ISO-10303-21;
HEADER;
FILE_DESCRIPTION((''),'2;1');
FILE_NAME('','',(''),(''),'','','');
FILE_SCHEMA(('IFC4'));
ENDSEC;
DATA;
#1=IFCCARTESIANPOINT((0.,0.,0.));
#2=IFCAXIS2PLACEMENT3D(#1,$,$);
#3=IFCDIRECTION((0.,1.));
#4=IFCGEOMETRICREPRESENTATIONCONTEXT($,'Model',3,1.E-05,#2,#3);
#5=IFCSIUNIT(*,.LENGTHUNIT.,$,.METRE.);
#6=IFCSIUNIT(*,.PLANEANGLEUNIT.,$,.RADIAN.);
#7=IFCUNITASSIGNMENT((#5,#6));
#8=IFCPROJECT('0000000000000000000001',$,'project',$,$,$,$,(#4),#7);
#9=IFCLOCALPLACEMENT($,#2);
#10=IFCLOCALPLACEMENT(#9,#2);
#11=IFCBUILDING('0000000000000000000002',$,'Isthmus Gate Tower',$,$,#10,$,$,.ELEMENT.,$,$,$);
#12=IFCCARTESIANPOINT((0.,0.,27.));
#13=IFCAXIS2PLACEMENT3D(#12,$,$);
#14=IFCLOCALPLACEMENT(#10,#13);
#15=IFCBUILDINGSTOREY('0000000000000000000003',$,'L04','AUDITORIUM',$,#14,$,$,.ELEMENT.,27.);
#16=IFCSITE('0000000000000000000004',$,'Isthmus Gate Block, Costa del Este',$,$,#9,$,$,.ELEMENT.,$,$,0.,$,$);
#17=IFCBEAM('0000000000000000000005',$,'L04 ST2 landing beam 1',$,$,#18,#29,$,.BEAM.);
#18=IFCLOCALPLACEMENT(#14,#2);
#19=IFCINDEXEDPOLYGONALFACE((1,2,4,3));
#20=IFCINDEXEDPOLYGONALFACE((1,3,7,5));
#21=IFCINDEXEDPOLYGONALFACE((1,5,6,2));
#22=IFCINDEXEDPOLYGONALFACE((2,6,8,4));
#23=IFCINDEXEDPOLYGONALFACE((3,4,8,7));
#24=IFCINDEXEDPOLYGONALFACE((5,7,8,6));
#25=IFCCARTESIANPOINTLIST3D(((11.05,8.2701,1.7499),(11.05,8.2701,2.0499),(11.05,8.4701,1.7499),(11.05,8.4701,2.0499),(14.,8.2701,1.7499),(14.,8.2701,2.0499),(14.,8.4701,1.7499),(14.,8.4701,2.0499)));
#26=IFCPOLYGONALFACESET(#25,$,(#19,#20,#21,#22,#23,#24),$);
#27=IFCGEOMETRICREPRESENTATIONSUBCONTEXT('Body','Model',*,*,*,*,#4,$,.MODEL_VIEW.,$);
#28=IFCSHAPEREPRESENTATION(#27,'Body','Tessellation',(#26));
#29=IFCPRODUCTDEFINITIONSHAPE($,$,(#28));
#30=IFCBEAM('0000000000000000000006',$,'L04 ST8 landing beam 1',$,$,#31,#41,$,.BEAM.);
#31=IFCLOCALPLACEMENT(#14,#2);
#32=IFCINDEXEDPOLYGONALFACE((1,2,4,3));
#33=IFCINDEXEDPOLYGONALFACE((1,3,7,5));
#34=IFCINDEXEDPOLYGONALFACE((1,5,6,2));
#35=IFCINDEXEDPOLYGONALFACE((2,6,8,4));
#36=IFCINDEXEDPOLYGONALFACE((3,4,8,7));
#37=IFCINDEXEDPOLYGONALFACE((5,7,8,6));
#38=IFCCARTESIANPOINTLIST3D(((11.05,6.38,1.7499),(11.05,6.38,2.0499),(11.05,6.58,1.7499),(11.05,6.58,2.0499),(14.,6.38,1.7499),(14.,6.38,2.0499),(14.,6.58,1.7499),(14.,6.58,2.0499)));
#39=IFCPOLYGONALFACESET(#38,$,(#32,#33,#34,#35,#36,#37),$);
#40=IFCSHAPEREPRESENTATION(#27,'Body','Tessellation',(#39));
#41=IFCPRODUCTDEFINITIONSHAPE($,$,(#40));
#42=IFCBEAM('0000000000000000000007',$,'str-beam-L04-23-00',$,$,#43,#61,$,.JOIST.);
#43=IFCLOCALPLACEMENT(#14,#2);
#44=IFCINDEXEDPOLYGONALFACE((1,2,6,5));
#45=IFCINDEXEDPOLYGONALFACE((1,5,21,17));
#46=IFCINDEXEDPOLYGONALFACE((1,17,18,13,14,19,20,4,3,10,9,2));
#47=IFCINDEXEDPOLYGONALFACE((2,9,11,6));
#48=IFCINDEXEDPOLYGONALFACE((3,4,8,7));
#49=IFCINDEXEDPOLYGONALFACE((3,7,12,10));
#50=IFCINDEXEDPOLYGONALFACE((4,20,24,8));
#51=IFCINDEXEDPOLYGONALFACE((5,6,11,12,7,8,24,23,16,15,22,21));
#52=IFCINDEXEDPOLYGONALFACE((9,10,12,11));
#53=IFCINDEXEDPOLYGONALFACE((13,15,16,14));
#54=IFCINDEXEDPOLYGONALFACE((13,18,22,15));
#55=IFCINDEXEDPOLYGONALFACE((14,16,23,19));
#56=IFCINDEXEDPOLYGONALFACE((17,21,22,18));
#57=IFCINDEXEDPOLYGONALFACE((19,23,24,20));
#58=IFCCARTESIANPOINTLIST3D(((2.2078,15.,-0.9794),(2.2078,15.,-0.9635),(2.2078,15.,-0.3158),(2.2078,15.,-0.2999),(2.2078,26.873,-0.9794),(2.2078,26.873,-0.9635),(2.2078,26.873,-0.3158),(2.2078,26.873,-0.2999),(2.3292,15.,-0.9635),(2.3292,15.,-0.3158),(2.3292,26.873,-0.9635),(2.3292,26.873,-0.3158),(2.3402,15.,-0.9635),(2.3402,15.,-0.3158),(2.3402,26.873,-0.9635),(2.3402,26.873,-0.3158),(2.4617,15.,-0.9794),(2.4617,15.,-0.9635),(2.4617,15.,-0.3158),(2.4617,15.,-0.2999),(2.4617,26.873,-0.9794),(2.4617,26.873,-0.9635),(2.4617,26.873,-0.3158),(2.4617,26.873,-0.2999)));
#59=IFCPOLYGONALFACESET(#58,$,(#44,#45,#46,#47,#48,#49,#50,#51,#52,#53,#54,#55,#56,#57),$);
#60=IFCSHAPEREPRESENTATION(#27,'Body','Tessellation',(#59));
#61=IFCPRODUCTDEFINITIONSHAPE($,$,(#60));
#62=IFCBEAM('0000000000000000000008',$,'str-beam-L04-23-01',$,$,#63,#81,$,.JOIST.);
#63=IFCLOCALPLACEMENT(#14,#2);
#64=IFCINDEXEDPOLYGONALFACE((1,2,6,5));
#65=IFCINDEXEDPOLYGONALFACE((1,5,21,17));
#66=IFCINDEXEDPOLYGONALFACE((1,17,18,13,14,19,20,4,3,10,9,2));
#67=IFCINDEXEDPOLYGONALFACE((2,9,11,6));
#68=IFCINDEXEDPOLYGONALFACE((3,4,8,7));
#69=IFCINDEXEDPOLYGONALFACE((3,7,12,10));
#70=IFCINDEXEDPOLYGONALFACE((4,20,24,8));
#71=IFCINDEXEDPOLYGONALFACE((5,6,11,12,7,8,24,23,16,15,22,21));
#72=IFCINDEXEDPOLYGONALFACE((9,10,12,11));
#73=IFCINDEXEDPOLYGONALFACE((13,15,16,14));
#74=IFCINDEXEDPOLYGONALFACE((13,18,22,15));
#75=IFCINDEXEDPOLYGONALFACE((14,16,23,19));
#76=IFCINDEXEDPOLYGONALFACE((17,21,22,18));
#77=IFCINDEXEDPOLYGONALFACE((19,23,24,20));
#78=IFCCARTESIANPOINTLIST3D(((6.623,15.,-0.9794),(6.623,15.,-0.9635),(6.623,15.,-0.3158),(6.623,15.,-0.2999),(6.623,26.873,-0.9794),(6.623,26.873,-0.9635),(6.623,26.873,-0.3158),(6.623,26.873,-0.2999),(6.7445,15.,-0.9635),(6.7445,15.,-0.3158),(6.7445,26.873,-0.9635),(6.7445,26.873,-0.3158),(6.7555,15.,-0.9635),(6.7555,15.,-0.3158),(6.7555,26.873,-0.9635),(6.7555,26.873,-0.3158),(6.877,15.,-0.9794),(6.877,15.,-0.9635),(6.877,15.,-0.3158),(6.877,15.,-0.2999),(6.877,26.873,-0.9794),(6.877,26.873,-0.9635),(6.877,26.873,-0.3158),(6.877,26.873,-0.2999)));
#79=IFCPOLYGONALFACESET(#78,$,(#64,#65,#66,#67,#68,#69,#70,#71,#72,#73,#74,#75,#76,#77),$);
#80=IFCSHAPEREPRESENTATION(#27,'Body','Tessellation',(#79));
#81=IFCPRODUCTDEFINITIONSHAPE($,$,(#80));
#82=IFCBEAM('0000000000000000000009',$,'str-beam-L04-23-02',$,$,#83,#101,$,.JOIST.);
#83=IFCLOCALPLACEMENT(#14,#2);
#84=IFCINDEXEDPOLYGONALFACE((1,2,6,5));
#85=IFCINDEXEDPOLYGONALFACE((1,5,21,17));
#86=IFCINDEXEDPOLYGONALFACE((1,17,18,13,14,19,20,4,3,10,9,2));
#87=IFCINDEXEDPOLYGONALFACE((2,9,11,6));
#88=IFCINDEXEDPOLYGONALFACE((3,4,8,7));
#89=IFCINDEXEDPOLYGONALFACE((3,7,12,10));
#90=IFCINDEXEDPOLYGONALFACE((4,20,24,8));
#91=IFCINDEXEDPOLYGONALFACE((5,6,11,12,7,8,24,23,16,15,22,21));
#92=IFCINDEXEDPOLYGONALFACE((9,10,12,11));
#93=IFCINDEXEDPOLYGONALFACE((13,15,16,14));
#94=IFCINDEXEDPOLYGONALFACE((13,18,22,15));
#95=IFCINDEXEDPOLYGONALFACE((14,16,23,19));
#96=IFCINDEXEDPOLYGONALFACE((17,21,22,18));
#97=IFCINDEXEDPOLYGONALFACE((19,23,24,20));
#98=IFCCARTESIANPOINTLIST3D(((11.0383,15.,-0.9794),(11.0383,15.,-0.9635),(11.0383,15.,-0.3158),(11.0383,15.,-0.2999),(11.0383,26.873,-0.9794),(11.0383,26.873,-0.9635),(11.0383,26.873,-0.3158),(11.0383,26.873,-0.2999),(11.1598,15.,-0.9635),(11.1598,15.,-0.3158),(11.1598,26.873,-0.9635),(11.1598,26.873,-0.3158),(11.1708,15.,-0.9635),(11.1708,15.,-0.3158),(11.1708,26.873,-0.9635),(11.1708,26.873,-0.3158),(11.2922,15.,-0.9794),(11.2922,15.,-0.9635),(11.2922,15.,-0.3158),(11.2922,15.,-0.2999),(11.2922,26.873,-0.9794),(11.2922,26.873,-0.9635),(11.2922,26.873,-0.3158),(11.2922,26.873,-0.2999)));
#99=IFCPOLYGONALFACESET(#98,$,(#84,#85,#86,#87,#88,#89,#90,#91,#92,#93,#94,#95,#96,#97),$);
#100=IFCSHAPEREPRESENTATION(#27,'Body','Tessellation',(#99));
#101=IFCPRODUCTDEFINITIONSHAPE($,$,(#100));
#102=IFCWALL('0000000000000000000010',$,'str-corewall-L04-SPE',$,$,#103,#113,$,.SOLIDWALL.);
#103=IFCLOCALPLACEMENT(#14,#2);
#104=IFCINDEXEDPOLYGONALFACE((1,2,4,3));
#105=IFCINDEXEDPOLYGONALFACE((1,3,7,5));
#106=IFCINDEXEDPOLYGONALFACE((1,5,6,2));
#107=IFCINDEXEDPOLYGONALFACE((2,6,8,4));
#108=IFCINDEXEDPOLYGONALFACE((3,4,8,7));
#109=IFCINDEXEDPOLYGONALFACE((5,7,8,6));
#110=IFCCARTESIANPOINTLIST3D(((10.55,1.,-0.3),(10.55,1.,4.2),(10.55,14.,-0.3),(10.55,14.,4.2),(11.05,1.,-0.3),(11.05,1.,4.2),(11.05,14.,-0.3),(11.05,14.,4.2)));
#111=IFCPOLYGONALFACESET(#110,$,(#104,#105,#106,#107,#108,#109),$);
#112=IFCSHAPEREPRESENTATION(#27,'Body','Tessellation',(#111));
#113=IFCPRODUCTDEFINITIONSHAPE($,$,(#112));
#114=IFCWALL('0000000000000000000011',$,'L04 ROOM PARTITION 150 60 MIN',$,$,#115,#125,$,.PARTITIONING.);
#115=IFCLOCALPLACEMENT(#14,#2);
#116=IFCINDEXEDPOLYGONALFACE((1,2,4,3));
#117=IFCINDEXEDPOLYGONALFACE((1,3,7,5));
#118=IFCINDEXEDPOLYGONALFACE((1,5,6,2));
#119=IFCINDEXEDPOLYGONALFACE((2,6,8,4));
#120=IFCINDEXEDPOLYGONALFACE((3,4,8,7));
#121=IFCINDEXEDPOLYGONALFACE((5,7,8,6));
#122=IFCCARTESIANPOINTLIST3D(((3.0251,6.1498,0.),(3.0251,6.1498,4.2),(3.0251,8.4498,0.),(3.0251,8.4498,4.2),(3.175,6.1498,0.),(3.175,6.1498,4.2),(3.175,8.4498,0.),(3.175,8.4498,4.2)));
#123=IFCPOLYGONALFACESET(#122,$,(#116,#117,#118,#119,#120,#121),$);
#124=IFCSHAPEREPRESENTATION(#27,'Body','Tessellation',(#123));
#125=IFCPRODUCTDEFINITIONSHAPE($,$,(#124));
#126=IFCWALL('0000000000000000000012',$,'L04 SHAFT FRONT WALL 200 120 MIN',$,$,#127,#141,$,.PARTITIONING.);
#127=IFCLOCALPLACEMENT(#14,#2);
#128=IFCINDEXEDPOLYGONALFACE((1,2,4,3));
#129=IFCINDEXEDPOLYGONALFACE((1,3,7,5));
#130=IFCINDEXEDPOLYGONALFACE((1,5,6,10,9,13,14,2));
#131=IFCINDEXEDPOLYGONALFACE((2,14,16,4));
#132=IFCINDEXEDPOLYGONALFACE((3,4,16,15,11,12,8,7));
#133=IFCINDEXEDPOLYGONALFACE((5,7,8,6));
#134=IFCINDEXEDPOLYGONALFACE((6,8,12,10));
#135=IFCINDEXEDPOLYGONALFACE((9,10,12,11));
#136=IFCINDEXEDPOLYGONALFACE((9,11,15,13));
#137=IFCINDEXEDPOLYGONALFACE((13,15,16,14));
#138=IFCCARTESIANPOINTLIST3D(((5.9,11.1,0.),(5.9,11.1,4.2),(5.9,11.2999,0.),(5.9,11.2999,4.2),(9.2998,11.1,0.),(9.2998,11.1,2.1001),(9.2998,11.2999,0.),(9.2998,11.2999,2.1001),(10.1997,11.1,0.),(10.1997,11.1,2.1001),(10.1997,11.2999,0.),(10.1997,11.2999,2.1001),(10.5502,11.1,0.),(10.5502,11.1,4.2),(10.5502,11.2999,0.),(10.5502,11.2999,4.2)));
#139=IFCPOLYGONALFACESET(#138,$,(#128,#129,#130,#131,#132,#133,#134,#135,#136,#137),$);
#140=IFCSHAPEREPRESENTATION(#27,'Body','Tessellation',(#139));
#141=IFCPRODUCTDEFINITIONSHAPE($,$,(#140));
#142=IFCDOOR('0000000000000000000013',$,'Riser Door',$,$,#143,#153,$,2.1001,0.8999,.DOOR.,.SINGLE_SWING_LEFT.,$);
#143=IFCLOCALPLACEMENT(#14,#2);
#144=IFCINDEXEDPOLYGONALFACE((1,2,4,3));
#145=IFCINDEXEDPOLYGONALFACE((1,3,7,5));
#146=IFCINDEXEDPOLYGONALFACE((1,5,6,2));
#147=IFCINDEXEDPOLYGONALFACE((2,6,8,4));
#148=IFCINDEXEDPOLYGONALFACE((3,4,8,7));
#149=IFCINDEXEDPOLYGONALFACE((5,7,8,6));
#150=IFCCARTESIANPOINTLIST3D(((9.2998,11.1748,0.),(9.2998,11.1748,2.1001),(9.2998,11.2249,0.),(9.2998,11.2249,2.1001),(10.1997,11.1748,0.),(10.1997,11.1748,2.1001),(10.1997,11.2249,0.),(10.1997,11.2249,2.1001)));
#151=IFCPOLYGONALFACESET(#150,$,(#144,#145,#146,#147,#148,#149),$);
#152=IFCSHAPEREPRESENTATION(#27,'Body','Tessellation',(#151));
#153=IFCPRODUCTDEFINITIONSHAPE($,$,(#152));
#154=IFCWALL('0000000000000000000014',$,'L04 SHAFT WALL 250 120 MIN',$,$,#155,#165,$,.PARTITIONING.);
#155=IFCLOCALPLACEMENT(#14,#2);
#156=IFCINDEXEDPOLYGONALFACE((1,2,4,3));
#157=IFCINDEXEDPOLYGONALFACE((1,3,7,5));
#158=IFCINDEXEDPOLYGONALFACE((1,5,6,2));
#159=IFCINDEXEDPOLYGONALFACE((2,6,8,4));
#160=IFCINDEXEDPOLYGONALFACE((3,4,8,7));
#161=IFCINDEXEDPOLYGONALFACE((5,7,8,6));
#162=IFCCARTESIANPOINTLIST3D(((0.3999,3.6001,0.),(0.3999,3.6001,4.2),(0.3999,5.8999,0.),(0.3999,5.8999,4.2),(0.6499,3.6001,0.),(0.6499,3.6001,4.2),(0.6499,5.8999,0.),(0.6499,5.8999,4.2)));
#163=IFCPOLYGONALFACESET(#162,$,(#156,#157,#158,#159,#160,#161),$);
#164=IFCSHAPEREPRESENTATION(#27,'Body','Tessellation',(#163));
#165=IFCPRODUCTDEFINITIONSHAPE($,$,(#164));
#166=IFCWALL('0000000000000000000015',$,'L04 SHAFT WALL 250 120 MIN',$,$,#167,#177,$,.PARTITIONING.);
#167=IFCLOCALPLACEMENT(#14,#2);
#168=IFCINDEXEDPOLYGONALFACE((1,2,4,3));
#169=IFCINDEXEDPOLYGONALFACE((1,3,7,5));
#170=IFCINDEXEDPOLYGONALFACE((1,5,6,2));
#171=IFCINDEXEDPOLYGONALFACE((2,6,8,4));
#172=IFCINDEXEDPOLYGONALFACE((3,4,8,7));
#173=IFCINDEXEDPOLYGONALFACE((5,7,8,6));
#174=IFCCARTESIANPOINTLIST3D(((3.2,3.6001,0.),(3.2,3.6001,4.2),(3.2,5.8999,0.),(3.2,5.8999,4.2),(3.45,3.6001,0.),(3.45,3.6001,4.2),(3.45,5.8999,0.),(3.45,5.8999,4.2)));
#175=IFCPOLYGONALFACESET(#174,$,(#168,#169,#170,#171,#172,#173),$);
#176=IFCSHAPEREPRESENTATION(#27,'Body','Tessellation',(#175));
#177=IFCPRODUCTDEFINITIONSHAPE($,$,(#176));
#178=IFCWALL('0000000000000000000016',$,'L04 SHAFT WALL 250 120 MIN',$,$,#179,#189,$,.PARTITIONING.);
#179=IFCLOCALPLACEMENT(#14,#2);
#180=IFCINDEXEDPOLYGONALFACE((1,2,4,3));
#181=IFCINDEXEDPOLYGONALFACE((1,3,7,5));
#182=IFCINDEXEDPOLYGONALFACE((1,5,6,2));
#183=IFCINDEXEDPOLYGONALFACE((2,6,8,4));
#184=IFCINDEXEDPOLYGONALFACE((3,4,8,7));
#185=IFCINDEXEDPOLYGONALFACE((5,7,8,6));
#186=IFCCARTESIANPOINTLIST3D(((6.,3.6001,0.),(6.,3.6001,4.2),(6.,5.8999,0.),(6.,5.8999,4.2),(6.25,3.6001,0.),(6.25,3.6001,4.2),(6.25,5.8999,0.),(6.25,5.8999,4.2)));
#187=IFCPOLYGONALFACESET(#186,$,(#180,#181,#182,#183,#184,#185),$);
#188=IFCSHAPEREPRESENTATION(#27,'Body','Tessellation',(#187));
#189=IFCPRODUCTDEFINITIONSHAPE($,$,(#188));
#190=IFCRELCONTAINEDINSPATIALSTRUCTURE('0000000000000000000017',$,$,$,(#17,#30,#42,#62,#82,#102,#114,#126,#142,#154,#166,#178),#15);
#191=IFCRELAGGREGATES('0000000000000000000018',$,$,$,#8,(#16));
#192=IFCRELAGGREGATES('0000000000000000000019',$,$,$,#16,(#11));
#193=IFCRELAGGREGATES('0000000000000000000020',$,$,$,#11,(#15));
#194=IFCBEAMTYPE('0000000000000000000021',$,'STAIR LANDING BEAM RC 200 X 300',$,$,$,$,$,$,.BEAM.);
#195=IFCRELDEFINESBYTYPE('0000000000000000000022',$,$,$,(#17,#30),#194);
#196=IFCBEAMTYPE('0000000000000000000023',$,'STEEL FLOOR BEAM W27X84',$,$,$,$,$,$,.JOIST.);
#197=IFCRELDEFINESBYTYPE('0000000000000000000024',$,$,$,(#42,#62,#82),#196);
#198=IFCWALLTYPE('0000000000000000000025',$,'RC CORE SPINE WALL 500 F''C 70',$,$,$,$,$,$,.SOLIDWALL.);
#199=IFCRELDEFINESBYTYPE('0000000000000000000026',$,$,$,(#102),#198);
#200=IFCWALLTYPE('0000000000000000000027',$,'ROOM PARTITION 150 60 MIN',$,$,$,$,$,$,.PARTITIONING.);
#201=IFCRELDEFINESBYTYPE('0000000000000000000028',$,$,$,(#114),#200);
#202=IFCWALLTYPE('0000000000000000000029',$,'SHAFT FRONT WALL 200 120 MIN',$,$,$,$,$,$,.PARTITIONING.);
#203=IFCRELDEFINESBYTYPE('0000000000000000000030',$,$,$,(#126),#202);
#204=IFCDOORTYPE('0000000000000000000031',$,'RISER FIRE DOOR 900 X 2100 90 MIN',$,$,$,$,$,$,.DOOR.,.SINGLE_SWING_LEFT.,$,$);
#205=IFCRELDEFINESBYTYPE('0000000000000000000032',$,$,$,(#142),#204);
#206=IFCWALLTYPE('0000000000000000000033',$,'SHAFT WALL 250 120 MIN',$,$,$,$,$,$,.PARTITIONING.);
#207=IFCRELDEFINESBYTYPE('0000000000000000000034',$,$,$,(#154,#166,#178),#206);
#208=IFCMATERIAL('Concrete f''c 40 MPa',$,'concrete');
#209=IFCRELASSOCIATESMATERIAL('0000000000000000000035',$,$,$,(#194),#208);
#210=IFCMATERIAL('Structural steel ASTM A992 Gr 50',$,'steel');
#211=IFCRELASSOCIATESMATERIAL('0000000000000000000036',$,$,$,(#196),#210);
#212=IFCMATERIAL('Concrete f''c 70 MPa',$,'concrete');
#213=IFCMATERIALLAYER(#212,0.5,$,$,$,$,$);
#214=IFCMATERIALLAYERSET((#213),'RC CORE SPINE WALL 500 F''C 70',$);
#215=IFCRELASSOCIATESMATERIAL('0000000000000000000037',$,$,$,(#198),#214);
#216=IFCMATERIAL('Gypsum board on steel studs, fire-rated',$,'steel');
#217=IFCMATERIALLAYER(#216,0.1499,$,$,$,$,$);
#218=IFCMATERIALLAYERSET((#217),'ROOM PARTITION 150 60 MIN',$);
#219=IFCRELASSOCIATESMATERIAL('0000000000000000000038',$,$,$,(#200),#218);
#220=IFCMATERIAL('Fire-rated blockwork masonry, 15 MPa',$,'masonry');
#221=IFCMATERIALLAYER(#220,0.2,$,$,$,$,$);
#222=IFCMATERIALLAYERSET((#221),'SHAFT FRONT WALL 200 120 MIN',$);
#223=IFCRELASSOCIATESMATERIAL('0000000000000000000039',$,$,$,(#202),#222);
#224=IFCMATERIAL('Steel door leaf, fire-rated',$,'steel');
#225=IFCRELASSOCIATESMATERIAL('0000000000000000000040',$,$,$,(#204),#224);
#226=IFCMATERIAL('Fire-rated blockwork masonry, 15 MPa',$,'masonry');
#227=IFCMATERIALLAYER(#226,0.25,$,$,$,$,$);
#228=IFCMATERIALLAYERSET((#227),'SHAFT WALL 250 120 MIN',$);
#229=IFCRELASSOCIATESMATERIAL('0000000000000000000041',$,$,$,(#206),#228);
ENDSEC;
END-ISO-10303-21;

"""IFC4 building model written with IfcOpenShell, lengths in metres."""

from ifc_helpers import new_model, si_unit, direction, frame, frame_2d, origin, origin_2d, place, context, subcontext, project, spatial, rectangle, i_section, extrude, material, layer, layer_set, material_profile, profile_set, type_object, element, fill, save


model = new_model("IFC4")

# Units and contexts
model_context = context("Model", 3, precision=1e-05, world=origin(), true_north=direction((0.0, 1.0)))
body_context = subcontext(model_context, "Body", "Model", "MODEL_VIEW")
ifc_project = project(units=[si_unit("LENGTHUNIT", "METRE"), si_unit("PLANEANGLEUNIT", "RADIAN")], contexts=[model_context])

# Site, building, storey
site_placement = place(None, origin())
site = spatial("IfcSite", under=ifc_project, at=site_placement, Name="Isthmus Gate Block, Costa del Este", CompositionType="ELEMENT", RefElevation=0.0)
building_placement = place(site_placement, origin())
building = spatial("IfcBuilding", under=site, at=building_placement, Name="Isthmus Gate Tower", CompositionType="ELEMENT")
storey_placement = place(building_placement, frame((0.0, 0.0, 27.0)))
storey = spatial("IfcBuildingStorey", under=building, at=storey_placement, Name="L04", Description="AUDITORIUM", CompositionType="ELEMENT", Elevation=27.0)

# Beams
ifc_material_1 = material(Name="Concrete f'c 40 MPa", Category="concrete")
ifc_material_profile_1 = material_profile(ifc_material_1, rectangle(XDim=0.2, YDim=0.3, at=origin_2d()), Name="STAIR LANDING BEAM RC 200 X 300")
ifc_profile_set_1 = profile_set([ifc_material_profile_1], Name="Concrete f'c 40 MPa")
beam_type_1 = type_object("IfcBeamType", Name="STAIR LANDING BEAM RC 200 X 300", PredefinedType="BEAM", material=ifc_profile_set_1)
for number, where, z_axis, x_axis, name in (
    (1, (11.05, 8.3701, 1.8999), (1.0, 0.0, 0.0), (0.0, 1.0, 0.0), "L04 ST2 landing beam 1"),
    (2, (11.05, 6.48, 1.8999), (1.0, 0.0, 0.0), (0.0, 1.0, 0.0), "L04 ST8 landing beam 1"),
):
    element("IfcBeam", number, at=place(storey_placement, frame(where, z_axis=z_axis, x_axis=x_axis)), inside=storey, type_object=beam_type_1, Name=name, PredefinedType="BEAM", context=body_context, shape_type="SweptSolid", body=[
        extrude(rectangle(XDim=0.2, YDim=0.3, at=origin_2d()), origin(), (0.0, 0.0, 1.0), 2.95),
    ])
ifc_material_2 = material(Name="Structural steel ASTM A992 Gr 50", Category="steel")
ifc_material_profile_2 = material_profile(ifc_material_2, i_section(OverallWidth=0.2539, OverallDepth=0.6794, WebThickness=0.011, FlangeThickness=0.0159, at=origin_2d()), Name="W27X84")
ifc_profile_set_2 = profile_set([ifc_material_profile_2], Name="Structural steel ASTM A992 Gr 50")
beam_type_2 = type_object("IfcBeamType", Name="STEEL FLOOR BEAM W27X84", PredefinedType="JOIST", material=ifc_profile_set_2)
for number, where, z_axis, x_axis, name in (
    (3, (2.3347, 15.0, -0.6396), (0.0, 1.0, 0.0), (-1.0, 0.0, 0.0), "str-beam-L04-23-00"),
    (4, (6.75, 15.0, -0.6396), (0.0, 1.0, 0.0), (-1.0, 0.0, 0.0), "str-beam-L04-23-01"),
    (5, (11.1653, 15.0, -0.6396), (0.0, 1.0, 0.0), (-1.0, 0.0, 0.0), "str-beam-L04-23-02"),
):
    element("IfcBeam", number, at=place(storey_placement, frame(where, z_axis=z_axis, x_axis=x_axis)), inside=storey, type_object=beam_type_2, Name=name, PredefinedType="JOIST", context=body_context, shape_type="SweptSolid", body=[
        extrude(i_section(OverallWidth=0.2539, OverallDepth=0.6794, WebThickness=0.011, FlangeThickness=0.0159, at=origin_2d()), origin(), (0.0, 0.0, 1.0), 11.873),
    ])

# Walls
ifc_material_3 = material(Name="Concrete f'c 70 MPa", Category="concrete")
ifc_layer_1 = layer(ifc_material_3, 0.5)
ifc_layer_set_1 = layer_set([ifc_layer_1], Name="RC CORE SPINE WALL 500 F'C 70")
wall_type_1 = type_object("IfcWallType", Name="RC CORE SPINE WALL 500 F'C 70", PredefinedType="SOLIDWALL", material=ifc_layer_set_1)
wall_1_placement = place(storey_placement, frame((10.8, 1.0, -0.3), z_axis=(0.0, 0.0, 1.0), x_axis=(0.0, 1.0, 0.0)))
element("IfcWall", 6, at=wall_1_placement, inside=storey, type_object=wall_type_1, Name="str-corewall-L04-SPE", PredefinedType="SOLIDWALL", context=body_context, shape_type="SweptSolid", body=[
    extrude(rectangle(XDim=13.0, YDim=0.5, at=frame_2d((6.5, 0.0))), origin(), (0.0, 0.0, 1.0), 4.5),
])
ifc_material_4 = material(Name="Gypsum board on steel studs, fire-rated", Category="steel")
ifc_layer_2 = layer(ifc_material_4, 0.1499)
ifc_layer_set_2 = layer_set([ifc_layer_2], Name="ROOM PARTITION 150 60 MIN")
wall_type_2 = type_object("IfcWallType", Name="ROOM PARTITION 150 60 MIN", PredefinedType="PARTITIONING", material=ifc_layer_set_2)
wall_2_placement = place(storey_placement, frame((3.1001, 6.1499, 0.0), z_axis=(0.0, 0.0, 1.0), x_axis=(0.0, 1.0, 0.0)))
element("IfcWall", 7, at=wall_2_placement, inside=storey, type_object=wall_type_2, Name="L04 ROOM PARTITION 150 60 MIN", PredefinedType="PARTITIONING", context=body_context, shape_type="SweptSolid", body=[
    extrude(rectangle(XDim=2.3, YDim=0.1499, at=frame_2d((1.1499, 0.0))), origin(), (0.0, 0.0, 1.0), 4.2),
])

# Wall, opening, door
ifc_material_5 = material(Name="Fire-rated blockwork masonry, 15 MPa", Category="masonry")
ifc_layer_3 = layer(ifc_material_5, 0.2)
ifc_layer_set_3 = layer_set([ifc_layer_3], Name="SHAFT FRONT WALL 200 120 MIN")
wall_type_3 = type_object("IfcWallType", Name="SHAFT FRONT WALL 200 120 MIN", PredefinedType="PARTITIONING", material=ifc_layer_set_3)
wall_3_placement = place(storey_placement, frame((5.8999, 11.2, 0.0), z_axis=(0.0, 0.0, 1.0), x_axis=(1.0, 0.0, 0.0)))
wall_3 = element("IfcWall", 8, at=wall_3_placement, inside=storey, type_object=wall_type_3, Name="L04 SHAFT FRONT WALL 200 120 MIN", PredefinedType="PARTITIONING", context=body_context, shape_type="SweptSolid", body=[
    extrude(rectangle(XDim=4.6501, YDim=0.2, at=frame_2d((2.3252, 0.0))), origin(), (0.0, 0.0, 1.0), 4.2),
])
opening_placement = place(wall_3_placement, frame((3.3999, 0.0, 0.0)))
opening = element("IfcOpeningElement", 9, at=opening_placement, cuts=wall_3, PredefinedType="OPENING", context=body_context, shape_type="SweptSolid", body=[
    extrude(rectangle(XDim=0.8999, YDim=2.1001, at=frame_2d((0.45, 1.05))), frame((0.0, 0.1099, 0.0), z_axis=(0.0, -1.0, 0.0), x_axis=(1.0, 0.0, 0.0)), (0.0, 0.0, 1.0), 0.22),
])
ifc_material_6 = material(Name="Steel door leaf, fire-rated", Category="steel")
door_type = type_object("IfcDoorType", Name="RISER FIRE DOOR 900 X 2100 90 MIN", OperationType="SINGLE_SWING_LEFT", PredefinedType="DOOR", material=ifc_material_6)
door_placement = place(opening_placement, origin())
door = element("IfcDoor", 10, at=door_placement, inside=storey, type_object=door_type, Name="Riser Door", OperationType="SINGLE_SWING_LEFT", OverallHeight=2.1001, OverallWidth=0.8999, PredefinedType="DOOR", context=body_context, shape_type="SweptSolid", body=[
    extrude(rectangle(XDim=0.8999, YDim=2.1001, at=frame_2d((0.45, 1.05))), frame((0.0, 0.0249, 0.0), z_axis=(0.0, -1.0, 0.0), x_axis=(1.0, 0.0, 0.0)), (0.0, 0.0, 1.0), 0.05),
])
fill(opening, door)

# Walls
ifc_material_7 = material(Name="Fire-rated blockwork masonry, 15 MPa", Category="masonry")
ifc_layer_4 = layer(ifc_material_7, 0.25)
ifc_layer_set_4 = layer_set([ifc_layer_4], Name="SHAFT WALL 250 120 MIN")
wall_type_4 = type_object("IfcWallType", Name="SHAFT WALL 250 120 MIN", PredefinedType="PARTITIONING", material=ifc_layer_set_4)
for number, where, z_axis, x_axis, name in (
    (11, (0.5249, 3.6001, 0.0), (0.0, 0.0, 1.0), (0.0, 1.0, 0.0), "L04 SHAFT WALL 250 120 MIN"),
    (12, (3.325, 3.6001, 0.0), (0.0, 0.0, 1.0), (0.0, 1.0, 0.0), "L04 SHAFT WALL 250 120 MIN"),
    (13, (6.125, 3.6001, 0.0), (0.0, 0.0, 1.0), (0.0, 1.0, 0.0), "L04 SHAFT WALL 250 120 MIN"),
):
    element("IfcWall", number, at=place(storey_placement, frame(where, z_axis=z_axis, x_axis=x_axis)), inside=storey, type_object=wall_type_4, Name=name, PredefinedType="PARTITIONING", context=body_context, shape_type="SweptSolid", body=[
        extrude(rectangle(XDim=2.2998, YDim=0.25, at=frame_2d((1.1499, 0.0))), origin(), (0.0, 0.0, 1.0), 4.2),
    ])

save(model, "model.ifc")
